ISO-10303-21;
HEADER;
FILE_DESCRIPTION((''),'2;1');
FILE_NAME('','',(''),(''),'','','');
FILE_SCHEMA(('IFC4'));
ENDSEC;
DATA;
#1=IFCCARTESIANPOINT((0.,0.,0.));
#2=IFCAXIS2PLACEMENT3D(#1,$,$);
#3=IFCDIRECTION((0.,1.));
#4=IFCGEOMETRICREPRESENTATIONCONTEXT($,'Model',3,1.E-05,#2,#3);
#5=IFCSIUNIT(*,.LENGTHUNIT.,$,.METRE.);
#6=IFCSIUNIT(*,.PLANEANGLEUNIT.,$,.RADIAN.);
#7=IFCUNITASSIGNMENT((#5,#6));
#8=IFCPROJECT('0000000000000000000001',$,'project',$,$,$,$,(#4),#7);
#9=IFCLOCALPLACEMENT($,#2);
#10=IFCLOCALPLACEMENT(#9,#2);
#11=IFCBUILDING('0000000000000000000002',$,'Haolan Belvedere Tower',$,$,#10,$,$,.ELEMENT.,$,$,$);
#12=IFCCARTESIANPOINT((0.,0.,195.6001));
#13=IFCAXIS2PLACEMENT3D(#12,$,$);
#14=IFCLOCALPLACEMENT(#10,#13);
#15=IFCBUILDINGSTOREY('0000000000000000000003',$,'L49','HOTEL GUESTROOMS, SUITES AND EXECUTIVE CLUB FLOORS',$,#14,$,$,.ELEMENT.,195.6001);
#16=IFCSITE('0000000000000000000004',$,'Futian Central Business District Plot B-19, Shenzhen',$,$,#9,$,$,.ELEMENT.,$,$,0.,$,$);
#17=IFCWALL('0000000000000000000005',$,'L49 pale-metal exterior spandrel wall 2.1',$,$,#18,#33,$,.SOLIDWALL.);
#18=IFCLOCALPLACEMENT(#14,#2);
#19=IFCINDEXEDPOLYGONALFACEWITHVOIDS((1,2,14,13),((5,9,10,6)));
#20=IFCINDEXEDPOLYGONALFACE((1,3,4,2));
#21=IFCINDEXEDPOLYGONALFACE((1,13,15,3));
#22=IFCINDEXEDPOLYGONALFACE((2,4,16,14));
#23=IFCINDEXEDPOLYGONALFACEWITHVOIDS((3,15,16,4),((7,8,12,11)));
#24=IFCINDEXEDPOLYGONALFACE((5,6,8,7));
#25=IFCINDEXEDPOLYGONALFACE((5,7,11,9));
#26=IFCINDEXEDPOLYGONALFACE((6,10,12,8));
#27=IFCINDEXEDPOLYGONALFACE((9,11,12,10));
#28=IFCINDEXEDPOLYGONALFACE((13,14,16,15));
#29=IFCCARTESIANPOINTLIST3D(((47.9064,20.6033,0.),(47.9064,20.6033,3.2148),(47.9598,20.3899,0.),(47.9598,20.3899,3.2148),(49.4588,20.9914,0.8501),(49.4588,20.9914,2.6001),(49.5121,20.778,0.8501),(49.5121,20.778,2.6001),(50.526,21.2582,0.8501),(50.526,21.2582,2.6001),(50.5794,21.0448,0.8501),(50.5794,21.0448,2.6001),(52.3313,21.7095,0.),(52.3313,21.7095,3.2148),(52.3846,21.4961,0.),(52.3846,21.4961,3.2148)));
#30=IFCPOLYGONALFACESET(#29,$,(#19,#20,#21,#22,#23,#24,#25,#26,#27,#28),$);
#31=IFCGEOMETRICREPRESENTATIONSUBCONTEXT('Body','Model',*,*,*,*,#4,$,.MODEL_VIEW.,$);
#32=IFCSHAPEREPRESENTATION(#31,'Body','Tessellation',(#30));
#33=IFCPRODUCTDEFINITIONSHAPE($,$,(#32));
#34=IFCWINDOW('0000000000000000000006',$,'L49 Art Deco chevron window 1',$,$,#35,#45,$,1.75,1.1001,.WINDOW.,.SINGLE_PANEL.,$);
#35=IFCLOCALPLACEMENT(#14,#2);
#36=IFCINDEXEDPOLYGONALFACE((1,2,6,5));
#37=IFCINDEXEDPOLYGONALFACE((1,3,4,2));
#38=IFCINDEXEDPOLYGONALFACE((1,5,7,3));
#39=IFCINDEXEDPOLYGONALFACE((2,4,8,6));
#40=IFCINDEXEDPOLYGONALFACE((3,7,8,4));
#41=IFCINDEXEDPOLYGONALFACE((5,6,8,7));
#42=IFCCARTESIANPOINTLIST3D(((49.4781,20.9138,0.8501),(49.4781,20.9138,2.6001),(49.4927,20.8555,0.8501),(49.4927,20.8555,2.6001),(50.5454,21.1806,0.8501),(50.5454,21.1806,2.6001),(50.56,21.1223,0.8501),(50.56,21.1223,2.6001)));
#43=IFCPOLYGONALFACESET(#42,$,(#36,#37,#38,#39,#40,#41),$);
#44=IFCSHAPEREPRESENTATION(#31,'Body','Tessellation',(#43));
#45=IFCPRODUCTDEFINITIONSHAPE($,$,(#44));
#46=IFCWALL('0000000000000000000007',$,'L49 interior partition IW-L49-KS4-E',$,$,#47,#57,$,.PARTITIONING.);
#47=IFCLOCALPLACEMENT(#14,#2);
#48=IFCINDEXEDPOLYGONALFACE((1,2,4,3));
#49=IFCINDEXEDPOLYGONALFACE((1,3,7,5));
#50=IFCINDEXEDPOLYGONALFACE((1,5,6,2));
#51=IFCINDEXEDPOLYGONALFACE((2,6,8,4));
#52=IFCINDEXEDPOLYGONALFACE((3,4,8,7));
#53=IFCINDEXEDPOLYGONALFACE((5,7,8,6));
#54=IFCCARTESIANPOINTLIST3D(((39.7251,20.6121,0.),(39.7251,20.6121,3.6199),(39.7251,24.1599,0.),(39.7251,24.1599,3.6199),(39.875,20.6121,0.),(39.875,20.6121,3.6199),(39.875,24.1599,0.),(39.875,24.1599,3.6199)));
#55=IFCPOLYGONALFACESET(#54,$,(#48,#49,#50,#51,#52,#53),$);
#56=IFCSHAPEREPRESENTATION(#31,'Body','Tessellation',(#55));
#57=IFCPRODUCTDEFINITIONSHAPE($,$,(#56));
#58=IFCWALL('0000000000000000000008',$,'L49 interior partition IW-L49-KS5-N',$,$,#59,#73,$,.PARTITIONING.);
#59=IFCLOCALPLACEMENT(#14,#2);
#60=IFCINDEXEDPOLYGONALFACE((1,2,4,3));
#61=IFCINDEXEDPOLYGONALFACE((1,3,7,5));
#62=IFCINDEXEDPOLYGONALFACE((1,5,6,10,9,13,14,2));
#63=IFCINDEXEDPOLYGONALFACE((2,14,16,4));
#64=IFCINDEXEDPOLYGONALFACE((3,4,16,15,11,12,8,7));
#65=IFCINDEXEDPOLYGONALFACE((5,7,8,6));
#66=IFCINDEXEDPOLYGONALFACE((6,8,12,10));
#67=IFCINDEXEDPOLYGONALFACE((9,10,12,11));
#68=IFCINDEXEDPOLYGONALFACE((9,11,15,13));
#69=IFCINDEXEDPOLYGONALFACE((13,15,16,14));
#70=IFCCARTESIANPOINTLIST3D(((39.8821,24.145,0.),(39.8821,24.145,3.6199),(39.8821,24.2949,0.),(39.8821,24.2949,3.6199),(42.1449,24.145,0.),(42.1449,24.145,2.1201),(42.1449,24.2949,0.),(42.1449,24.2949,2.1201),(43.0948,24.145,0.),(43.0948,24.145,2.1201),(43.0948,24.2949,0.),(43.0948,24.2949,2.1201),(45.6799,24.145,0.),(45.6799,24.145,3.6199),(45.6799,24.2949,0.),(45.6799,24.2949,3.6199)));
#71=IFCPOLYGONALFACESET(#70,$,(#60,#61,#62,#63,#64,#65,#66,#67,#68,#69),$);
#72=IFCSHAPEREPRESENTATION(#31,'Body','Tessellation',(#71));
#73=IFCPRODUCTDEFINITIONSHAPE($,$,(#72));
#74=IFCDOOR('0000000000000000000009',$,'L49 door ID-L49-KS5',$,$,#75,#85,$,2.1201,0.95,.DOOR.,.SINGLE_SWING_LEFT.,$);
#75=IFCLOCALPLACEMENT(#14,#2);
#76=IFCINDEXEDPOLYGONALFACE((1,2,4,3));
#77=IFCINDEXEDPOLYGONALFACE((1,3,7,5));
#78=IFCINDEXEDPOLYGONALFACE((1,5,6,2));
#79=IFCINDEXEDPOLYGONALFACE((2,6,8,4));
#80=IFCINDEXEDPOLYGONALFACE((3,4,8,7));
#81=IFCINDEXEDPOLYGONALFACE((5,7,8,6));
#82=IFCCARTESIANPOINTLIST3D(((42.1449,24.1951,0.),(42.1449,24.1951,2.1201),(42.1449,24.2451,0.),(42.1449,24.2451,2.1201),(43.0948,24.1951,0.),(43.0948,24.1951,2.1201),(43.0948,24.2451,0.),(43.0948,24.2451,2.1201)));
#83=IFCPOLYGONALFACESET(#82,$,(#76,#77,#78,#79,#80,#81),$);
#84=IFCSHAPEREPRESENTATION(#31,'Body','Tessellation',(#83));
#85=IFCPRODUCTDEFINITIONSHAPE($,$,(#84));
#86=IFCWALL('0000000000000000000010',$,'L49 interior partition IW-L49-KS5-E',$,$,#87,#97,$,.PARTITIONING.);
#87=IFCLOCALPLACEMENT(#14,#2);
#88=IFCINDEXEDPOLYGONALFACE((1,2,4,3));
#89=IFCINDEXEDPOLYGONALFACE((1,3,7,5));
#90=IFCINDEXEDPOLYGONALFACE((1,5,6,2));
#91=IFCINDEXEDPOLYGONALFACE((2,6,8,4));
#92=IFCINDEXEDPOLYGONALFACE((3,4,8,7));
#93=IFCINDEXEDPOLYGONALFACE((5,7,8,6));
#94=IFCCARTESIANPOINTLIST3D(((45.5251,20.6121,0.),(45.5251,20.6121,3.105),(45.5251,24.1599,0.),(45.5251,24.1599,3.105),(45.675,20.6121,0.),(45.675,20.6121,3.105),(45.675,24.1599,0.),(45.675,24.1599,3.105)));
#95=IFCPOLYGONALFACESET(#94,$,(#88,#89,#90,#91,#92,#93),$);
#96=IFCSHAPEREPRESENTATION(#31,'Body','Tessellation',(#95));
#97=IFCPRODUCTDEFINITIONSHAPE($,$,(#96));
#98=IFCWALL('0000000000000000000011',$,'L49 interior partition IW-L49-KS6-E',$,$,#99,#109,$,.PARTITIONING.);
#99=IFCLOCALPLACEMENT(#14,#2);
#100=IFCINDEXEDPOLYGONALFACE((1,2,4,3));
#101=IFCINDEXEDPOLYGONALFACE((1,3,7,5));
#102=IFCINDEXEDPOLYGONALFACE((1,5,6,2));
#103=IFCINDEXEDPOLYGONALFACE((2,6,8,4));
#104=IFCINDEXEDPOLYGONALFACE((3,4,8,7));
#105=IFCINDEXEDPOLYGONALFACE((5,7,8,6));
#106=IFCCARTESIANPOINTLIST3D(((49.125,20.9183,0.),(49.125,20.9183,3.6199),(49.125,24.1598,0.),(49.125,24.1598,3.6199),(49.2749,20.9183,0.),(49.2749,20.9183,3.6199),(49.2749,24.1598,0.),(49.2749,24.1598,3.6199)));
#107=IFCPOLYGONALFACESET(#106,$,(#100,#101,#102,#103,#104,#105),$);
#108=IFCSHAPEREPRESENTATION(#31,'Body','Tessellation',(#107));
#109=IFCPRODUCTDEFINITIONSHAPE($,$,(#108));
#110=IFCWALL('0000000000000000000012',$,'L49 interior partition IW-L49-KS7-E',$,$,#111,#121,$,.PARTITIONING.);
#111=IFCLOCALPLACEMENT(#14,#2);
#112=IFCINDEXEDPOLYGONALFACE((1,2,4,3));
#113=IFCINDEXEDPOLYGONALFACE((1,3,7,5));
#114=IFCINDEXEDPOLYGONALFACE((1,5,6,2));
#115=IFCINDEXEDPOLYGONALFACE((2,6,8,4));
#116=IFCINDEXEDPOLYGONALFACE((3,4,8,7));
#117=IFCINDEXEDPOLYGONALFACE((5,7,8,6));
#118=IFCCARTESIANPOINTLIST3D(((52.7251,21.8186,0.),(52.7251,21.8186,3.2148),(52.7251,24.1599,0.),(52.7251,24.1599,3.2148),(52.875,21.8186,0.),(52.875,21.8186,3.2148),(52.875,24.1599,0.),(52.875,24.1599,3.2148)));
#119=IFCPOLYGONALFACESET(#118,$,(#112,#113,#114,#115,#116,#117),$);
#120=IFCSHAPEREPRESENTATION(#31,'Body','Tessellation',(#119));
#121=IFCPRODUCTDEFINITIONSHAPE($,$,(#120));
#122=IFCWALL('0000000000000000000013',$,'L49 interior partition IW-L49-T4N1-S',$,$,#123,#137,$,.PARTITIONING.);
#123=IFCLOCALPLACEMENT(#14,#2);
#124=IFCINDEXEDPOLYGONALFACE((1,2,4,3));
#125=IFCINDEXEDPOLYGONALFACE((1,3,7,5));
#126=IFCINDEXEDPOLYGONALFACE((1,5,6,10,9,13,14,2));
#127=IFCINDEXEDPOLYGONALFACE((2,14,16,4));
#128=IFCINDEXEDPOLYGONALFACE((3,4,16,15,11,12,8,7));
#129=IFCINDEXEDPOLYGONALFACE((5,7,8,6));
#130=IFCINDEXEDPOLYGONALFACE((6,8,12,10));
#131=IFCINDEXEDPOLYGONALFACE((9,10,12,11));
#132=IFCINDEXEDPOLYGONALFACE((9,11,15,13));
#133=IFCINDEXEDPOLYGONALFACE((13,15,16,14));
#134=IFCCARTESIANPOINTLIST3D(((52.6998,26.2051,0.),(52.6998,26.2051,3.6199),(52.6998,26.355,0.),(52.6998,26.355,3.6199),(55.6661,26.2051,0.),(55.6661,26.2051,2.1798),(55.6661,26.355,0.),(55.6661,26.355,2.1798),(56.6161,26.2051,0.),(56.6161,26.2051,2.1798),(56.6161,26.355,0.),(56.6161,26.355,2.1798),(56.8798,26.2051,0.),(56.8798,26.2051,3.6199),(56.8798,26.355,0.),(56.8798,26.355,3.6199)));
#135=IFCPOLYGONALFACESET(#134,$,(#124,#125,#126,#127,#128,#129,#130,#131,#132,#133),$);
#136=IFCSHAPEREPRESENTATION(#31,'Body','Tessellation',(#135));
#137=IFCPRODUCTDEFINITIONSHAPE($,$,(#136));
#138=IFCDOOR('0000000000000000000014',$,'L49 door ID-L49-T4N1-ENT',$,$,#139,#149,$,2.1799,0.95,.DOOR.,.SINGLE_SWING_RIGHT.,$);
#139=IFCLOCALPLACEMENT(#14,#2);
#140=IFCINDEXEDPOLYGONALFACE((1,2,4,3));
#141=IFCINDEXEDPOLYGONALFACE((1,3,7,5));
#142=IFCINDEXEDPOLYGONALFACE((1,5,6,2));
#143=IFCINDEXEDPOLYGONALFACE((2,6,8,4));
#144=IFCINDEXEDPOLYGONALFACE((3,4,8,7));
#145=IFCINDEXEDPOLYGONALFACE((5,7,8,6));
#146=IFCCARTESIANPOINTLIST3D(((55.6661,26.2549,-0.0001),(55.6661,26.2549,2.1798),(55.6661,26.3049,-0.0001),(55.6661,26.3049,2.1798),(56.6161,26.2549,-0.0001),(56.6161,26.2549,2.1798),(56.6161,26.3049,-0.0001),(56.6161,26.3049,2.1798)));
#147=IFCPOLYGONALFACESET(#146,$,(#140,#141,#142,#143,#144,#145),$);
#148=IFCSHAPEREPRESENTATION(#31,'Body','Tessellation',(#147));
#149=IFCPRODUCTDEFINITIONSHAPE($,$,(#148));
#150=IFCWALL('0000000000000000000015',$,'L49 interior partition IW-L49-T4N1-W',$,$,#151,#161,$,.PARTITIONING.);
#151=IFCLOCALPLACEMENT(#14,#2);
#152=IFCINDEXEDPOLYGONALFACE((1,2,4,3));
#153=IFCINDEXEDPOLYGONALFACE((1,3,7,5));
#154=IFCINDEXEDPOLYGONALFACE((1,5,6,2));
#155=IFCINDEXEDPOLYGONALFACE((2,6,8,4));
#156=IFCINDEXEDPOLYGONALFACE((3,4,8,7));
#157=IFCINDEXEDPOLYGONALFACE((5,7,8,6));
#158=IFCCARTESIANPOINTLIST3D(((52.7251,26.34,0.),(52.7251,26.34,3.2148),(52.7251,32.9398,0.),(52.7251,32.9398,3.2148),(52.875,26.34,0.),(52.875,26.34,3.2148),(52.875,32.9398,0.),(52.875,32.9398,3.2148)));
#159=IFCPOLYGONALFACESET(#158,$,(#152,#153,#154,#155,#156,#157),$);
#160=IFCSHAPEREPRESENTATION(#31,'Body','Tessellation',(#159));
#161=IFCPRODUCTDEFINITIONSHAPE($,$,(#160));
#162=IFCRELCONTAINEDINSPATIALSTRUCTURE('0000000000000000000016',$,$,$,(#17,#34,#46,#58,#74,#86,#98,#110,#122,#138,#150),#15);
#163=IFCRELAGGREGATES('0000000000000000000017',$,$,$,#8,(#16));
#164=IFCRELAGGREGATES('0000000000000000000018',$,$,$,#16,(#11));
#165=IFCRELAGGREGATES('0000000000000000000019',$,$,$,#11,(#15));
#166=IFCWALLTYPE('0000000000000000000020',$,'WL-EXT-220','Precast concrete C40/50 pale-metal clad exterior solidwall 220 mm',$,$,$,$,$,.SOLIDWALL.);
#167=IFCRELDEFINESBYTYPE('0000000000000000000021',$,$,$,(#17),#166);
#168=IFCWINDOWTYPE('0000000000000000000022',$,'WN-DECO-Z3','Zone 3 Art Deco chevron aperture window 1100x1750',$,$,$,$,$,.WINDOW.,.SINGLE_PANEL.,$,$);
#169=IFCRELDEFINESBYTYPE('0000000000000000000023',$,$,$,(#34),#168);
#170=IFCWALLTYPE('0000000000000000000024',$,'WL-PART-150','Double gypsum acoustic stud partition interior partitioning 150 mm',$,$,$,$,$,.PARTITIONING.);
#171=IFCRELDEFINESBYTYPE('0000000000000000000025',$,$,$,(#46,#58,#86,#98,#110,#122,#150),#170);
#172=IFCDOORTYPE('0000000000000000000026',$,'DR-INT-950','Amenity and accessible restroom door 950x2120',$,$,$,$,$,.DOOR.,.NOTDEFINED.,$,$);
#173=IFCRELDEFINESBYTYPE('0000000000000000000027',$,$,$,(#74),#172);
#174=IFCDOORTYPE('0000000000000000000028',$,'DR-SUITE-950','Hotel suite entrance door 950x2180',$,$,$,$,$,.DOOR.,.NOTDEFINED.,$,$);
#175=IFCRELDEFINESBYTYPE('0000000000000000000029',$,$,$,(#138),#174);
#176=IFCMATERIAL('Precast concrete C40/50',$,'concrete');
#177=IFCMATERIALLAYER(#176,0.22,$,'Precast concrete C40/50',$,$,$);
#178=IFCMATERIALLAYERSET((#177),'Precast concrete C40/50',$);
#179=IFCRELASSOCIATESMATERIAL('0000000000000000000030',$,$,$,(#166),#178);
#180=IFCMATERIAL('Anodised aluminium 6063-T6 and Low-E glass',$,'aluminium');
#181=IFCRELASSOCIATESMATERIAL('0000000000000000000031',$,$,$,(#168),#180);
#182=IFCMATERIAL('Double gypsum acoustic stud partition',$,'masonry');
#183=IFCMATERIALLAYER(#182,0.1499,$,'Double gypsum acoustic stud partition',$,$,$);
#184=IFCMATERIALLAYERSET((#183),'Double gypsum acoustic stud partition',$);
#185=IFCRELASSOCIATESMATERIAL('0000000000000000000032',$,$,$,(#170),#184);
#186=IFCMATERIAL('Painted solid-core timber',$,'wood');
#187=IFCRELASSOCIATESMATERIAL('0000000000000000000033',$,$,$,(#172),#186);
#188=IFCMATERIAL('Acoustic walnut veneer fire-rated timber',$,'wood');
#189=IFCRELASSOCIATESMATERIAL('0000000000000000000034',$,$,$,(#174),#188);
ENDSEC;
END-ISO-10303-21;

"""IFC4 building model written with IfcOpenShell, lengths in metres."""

from ifc_helpers import new_model, si_unit, direction, frame, frame_2d, origin, place, context, subcontext, project, spatial, rectangle, extrude, material, layer, layer_set, type_object, element, fill, save


model = new_model("IFC4")

# Units and contexts
model_context = context("Model", 3, precision=1e-05, world=origin(), true_north=direction((0.0, 1.0)))
body_context = subcontext(model_context, "Body", "Model", "MODEL_VIEW")
ifc_project = project(units=[si_unit("LENGTHUNIT", "METRE"), si_unit("PLANEANGLEUNIT", "RADIAN")], contexts=[model_context])

# Site, building, storey
site_placement = place(None, origin())
site = spatial("IfcSite", under=ifc_project, at=site_placement, Name="Futian Central Business District Plot B-19, Shenzhen", CompositionType="ELEMENT", RefElevation=0.0)
building_placement = place(site_placement, origin())
building = spatial("IfcBuilding", under=site, at=building_placement, Name="Haolan Belvedere Tower", CompositionType="ELEMENT")
storey_placement = place(building_placement, frame((0.0, 0.0, 195.6001)))
storey = spatial("IfcBuildingStorey", under=building, at=storey_placement, Name="L49", Description="HOTEL GUESTROOMS, SUITES AND EXECUTIVE CLUB FLOORS", CompositionType="ELEMENT", Elevation=195.6001)

# Wall, opening, window
ifc_material_1 = material(Name="Precast concrete C40/50", Category="concrete")
ifc_layer_1 = layer(ifc_material_1, 0.22, Name="Precast concrete C40/50")
ifc_layer_set_1 = layer_set([ifc_layer_1], Name="Precast concrete C40/50")
wall_type_1 = type_object("IfcWallType", Name="WL-EXT-220", Description="Precast concrete C40/50 pale-metal clad exterior solidwall 220 mm", PredefinedType="SOLIDWALL", material=ifc_layer_set_1)
wall_1_placement = place(storey_placement, frame((47.9331, 20.4966, 0.0), z_axis=(0.0, 0.0, 1.0), x_axis=(0.970143, 0.242536, 0.0)))
wall_1 = element("IfcWall", 1, at=wall_1_placement, inside=storey, type_object=wall_type_1, Name="L49 pale-metal exterior spandrel wall 2.1", PredefinedType="SOLIDWALL", context=body_context, shape_type="SweptSolid", body=[
    extrude(rectangle(XDim=4.561, YDim=0.22, at=frame_2d((2.2805, 0.0))), origin(), (0.0, 0.0, 1.0), 3.2148),
])
opening_1_placement = place(wall_1_placement, frame((1.6001, 0.0, 0.8501)))
opening_1 = element("IfcOpeningElement", 2, at=opening_1_placement, cuts=wall_1, PredefinedType="OPENING", context=body_context, shape_type="SweptSolid", body=[
    extrude(rectangle(XDim=1.1001, YDim=1.75, at=frame_2d((0.55, 0.875))), frame((0.0, 0.1199, 0.0), z_axis=(0.0, -1.0, 0.0), x_axis=(1.0, 0.0, 0.0)), (0.0, 0.0, 1.0), 0.24),
])
ifc_material_2 = material(Name="Anodised aluminium 6063-T6 and Low-E glass", Category="aluminium")
window_type = type_object("IfcWindowType", Name="WN-DECO-Z3", Description="Zone 3 Art Deco chevron aperture window 1100x1750", PartitioningType="SINGLE_PANEL", PredefinedType="WINDOW", material=ifc_material_2)
window_placement = place(opening_1_placement, origin())
window = element("IfcWindow", 3, at=window_placement, inside=storey, type_object=window_type, Name="L49 Art Deco chevron window 1", OverallHeight=1.75, OverallWidth=1.1001, PartitioningType="SINGLE_PANEL", PredefinedType="WINDOW", context=body_context, shape_type="SweptSolid", body=[
    extrude(rectangle(XDim=1.1001, YDim=1.75, at=frame_2d((0.55, 0.875))), frame((0.0, 0.03, 0.0), z_axis=(0.0, -1.0, 0.0), x_axis=(1.0, 0.0, 0.0)), (0.0, 0.0, 1.0), 0.0601),
])
fill(opening_1, window)

# Wall
ifc_material_3 = material(Name="Double gypsum acoustic stud partition", Category="masonry")
ifc_layer_2 = layer(ifc_material_3, 0.1499, Name="Double gypsum acoustic stud partition")
ifc_layer_set_2 = layer_set([ifc_layer_2], Name="Double gypsum acoustic stud partition")
wall_type_2 = type_object("IfcWallType", Name="WL-PART-150", Description="Double gypsum acoustic stud partition interior partitioning 150 mm", PredefinedType="PARTITIONING", material=ifc_layer_set_2)
wall_2_placement = place(storey_placement, frame((39.8, 20.6121, 0.0), z_axis=(0.0, 0.0, 1.0), x_axis=(0.0, 1.0, 0.0)))
element("IfcWall", 4, at=wall_2_placement, inside=storey, type_object=wall_type_2, Name="L49 interior partition IW-L49-KS4-E", PredefinedType="PARTITIONING", context=body_context, shape_type="SweptSolid", body=[
    extrude(rectangle(XDim=3.5479, YDim=0.1499, at=frame_2d((1.7739, 0.0))), origin(), (0.0, 0.0, 1.0), 3.6199),
])

# Wall, opening, door
wall_3_placement = place(storey_placement, frame((39.8821, 24.22, 0.0), z_axis=(0.0, 0.0, 1.0), x_axis=(1.0, 0.0, 0.0)))
wall_3 = element("IfcWall", 5, at=wall_3_placement, inside=storey, type_object=wall_type_2, Name="L49 interior partition IW-L49-KS5-N", PredefinedType="PARTITIONING", context=body_context, shape_type="SweptSolid", body=[
    extrude(rectangle(XDim=5.7979, YDim=0.1499, at=frame_2d((2.8989, 0.0))), origin(), (0.0, 0.0, 1.0), 3.6199),
])
opening_2_placement = place(wall_3_placement, frame((3.2129, 0.0, 0.0), z_axis=(0.0, 0.0, 1.0), x_axis=(-1.0, 0.0, 0.0)))
opening_2 = element("IfcOpeningElement", 6, at=opening_2_placement, cuts=wall_3, PredefinedType="OPENING", context=body_context, shape_type="SweptSolid", body=[
    extrude(rectangle(XDim=0.95, YDim=2.1201, at=frame_2d((0.4751, 1.0601))), frame((0.0, 0.085, 0.0), z_axis=(0.0, -1.0, 0.0), x_axis=(1.0, 0.0, 0.0)), (0.0, 0.0, 1.0), 0.1699),
])
ifc_material_4 = material(Name="Painted solid-core timber", Category="wood")
door_type_1 = type_object("IfcDoorType", Name="DR-INT-950", Description="Amenity and accessible restroom door 950x2120", OperationType="NOTDEFINED", PredefinedType="DOOR", material=ifc_material_4)
door_1_placement = place(opening_2_placement, origin())
door_1 = element("IfcDoor", 7, at=door_1_placement, inside=storey, type_object=door_type_1, Name="L49 door ID-L49-KS5", OperationType="SINGLE_SWING_LEFT", OverallHeight=2.1201, OverallWidth=0.95, PredefinedType="DOOR", context=body_context, shape_type="SweptSolid", body=[
    extrude(rectangle(XDim=0.95, YDim=2.1201, at=frame_2d((0.4751, 1.0601))), frame((0.0, 0.0249, 0.0), z_axis=(0.0, -1.0, 0.0), x_axis=(1.0, 0.0, 0.0)), (0.0, 0.0, 1.0), 0.05),
])
fill(opening_2, door_1)

# Wall
wall_4_placement = place(storey_placement, frame((45.6001, 20.6121, 0.0), z_axis=(0.0, 0.0, 1.0), x_axis=(0.0, 1.0, 0.0)))
element("IfcWall", 8, at=wall_4_placement, inside=storey, type_object=wall_type_2, Name="L49 interior partition IW-L49-KS5-E", PredefinedType="PARTITIONING", context=body_context, shape_type="SweptSolid", body=[
    extrude(rectangle(XDim=3.5479, YDim=0.1499, at=frame_2d((1.7739, 0.0))), origin(), (0.0, 0.0, 1.0), 3.105),
])

# Wall
wall_5_placement = place(storey_placement, frame((49.2, 20.9185, 0.0), z_axis=(0.0, 0.0, 1.0), x_axis=(0.0, 1.0, 0.0)))
element("IfcWall", 9, at=wall_5_placement, inside=storey, type_object=wall_type_2, Name="L49 interior partition IW-L49-KS6-E", PredefinedType="PARTITIONING", context=body_context, shape_type="SweptSolid", body=[
    extrude(rectangle(XDim=3.2415, YDim=0.1499, at=frame_2d((1.6206, 0.0))), origin(), (0.0, 0.0, 1.0), 3.6199),
])

# Wall
wall_6_placement = place(storey_placement, frame((52.8, 21.8186, 0.0), z_axis=(0.0, 0.0, 1.0), x_axis=(0.0, 1.0, 0.0)))
element("IfcWall", 10, at=wall_6_placement, inside=storey, type_object=wall_type_2, Name="L49 interior partition IW-L49-KS7-E", PredefinedType="PARTITIONING", context=body_context, shape_type="SweptSolid", body=[
    extrude(rectangle(XDim=2.3413, YDim=0.1499, at=frame_2d((1.1707, 0.0))), origin(), (0.0, 0.0, 1.0), 3.2148),
])

# Wall, opening, door
wall_7_placement = place(storey_placement, frame((52.7, 26.28, 0.0), z_axis=(0.0, 0.0, 1.0), x_axis=(1.0, 0.0, 0.0)))
wall_7 = element("IfcWall", 11, at=wall_7_placement, inside=storey, type_object=wall_type_2, Name="L49 interior partition IW-L49-T4N1-S", PredefinedType="PARTITIONING", context=body_context, shape_type="SweptSolid", body=[
    extrude(rectangle(XDim=4.1799, YDim=0.1499, at=frame_2d((2.0898, 0.0))), origin(), (0.0, 0.0, 1.0), 3.6199),
])
opening_3_placement = place(wall_7_placement, frame((2.9661, 0.0, 0.0)))
opening_3 = element("IfcOpeningElement", 12, at=opening_3_placement, cuts=wall_7, PredefinedType="OPENING", context=body_context, shape_type="SweptSolid", body=[
    extrude(rectangle(XDim=0.95, YDim=2.1799, at=frame_2d((0.4751, 1.0898))), frame((0.0, 0.085, 0.0), z_axis=(0.0, -1.0, 0.0), x_axis=(1.0, 0.0, 0.0)), (0.0, 0.0, 1.0), 0.1699),
])
ifc_material_5 = material(Name="Acoustic walnut veneer fire-rated timber", Category="wood")
door_type_2 = type_object("IfcDoorType", Name="DR-SUITE-950", Description="Hotel suite entrance door 950x2180", OperationType="NOTDEFINED", PredefinedType="DOOR", material=ifc_material_5)
door_2_placement = place(opening_3_placement, origin())
door_2 = element("IfcDoor", 13, at=door_2_placement, inside=storey, type_object=door_type_2, Name="L49 door ID-L49-T4N1-ENT", OperationType="SINGLE_SWING_RIGHT", OverallHeight=2.1799, OverallWidth=0.95, PredefinedType="DOOR", context=body_context, shape_type="SweptSolid", body=[
    extrude(rectangle(XDim=0.95, YDim=2.1799, at=frame_2d((0.4751, 1.0898))), frame((0.0, 0.0249, 0.0), z_axis=(0.0, -1.0, 0.0), x_axis=(1.0, 0.0, 0.0)), (0.0, 0.0, 1.0), 0.05),
])
fill(opening_3, door_2)

# Wall
wall_8_placement = place(storey_placement, frame((52.8, 26.3401, 0.0), z_axis=(0.0, 0.0, 1.0), x_axis=(0.0, 1.0, 0.0)))
element("IfcWall", 14, at=wall_8_placement, inside=storey, type_object=wall_type_2, Name="L49 interior partition IW-L49-T4N1-W", PredefinedType="PARTITIONING", context=body_context, shape_type="SweptSolid", body=[
    extrude(rectangle(XDim=6.5999, YDim=0.1499, at=frame_2d((3.2998, 0.0))), origin(), (0.0, 0.0, 1.0), 3.2148),
])

save(model, "model.ifc")
